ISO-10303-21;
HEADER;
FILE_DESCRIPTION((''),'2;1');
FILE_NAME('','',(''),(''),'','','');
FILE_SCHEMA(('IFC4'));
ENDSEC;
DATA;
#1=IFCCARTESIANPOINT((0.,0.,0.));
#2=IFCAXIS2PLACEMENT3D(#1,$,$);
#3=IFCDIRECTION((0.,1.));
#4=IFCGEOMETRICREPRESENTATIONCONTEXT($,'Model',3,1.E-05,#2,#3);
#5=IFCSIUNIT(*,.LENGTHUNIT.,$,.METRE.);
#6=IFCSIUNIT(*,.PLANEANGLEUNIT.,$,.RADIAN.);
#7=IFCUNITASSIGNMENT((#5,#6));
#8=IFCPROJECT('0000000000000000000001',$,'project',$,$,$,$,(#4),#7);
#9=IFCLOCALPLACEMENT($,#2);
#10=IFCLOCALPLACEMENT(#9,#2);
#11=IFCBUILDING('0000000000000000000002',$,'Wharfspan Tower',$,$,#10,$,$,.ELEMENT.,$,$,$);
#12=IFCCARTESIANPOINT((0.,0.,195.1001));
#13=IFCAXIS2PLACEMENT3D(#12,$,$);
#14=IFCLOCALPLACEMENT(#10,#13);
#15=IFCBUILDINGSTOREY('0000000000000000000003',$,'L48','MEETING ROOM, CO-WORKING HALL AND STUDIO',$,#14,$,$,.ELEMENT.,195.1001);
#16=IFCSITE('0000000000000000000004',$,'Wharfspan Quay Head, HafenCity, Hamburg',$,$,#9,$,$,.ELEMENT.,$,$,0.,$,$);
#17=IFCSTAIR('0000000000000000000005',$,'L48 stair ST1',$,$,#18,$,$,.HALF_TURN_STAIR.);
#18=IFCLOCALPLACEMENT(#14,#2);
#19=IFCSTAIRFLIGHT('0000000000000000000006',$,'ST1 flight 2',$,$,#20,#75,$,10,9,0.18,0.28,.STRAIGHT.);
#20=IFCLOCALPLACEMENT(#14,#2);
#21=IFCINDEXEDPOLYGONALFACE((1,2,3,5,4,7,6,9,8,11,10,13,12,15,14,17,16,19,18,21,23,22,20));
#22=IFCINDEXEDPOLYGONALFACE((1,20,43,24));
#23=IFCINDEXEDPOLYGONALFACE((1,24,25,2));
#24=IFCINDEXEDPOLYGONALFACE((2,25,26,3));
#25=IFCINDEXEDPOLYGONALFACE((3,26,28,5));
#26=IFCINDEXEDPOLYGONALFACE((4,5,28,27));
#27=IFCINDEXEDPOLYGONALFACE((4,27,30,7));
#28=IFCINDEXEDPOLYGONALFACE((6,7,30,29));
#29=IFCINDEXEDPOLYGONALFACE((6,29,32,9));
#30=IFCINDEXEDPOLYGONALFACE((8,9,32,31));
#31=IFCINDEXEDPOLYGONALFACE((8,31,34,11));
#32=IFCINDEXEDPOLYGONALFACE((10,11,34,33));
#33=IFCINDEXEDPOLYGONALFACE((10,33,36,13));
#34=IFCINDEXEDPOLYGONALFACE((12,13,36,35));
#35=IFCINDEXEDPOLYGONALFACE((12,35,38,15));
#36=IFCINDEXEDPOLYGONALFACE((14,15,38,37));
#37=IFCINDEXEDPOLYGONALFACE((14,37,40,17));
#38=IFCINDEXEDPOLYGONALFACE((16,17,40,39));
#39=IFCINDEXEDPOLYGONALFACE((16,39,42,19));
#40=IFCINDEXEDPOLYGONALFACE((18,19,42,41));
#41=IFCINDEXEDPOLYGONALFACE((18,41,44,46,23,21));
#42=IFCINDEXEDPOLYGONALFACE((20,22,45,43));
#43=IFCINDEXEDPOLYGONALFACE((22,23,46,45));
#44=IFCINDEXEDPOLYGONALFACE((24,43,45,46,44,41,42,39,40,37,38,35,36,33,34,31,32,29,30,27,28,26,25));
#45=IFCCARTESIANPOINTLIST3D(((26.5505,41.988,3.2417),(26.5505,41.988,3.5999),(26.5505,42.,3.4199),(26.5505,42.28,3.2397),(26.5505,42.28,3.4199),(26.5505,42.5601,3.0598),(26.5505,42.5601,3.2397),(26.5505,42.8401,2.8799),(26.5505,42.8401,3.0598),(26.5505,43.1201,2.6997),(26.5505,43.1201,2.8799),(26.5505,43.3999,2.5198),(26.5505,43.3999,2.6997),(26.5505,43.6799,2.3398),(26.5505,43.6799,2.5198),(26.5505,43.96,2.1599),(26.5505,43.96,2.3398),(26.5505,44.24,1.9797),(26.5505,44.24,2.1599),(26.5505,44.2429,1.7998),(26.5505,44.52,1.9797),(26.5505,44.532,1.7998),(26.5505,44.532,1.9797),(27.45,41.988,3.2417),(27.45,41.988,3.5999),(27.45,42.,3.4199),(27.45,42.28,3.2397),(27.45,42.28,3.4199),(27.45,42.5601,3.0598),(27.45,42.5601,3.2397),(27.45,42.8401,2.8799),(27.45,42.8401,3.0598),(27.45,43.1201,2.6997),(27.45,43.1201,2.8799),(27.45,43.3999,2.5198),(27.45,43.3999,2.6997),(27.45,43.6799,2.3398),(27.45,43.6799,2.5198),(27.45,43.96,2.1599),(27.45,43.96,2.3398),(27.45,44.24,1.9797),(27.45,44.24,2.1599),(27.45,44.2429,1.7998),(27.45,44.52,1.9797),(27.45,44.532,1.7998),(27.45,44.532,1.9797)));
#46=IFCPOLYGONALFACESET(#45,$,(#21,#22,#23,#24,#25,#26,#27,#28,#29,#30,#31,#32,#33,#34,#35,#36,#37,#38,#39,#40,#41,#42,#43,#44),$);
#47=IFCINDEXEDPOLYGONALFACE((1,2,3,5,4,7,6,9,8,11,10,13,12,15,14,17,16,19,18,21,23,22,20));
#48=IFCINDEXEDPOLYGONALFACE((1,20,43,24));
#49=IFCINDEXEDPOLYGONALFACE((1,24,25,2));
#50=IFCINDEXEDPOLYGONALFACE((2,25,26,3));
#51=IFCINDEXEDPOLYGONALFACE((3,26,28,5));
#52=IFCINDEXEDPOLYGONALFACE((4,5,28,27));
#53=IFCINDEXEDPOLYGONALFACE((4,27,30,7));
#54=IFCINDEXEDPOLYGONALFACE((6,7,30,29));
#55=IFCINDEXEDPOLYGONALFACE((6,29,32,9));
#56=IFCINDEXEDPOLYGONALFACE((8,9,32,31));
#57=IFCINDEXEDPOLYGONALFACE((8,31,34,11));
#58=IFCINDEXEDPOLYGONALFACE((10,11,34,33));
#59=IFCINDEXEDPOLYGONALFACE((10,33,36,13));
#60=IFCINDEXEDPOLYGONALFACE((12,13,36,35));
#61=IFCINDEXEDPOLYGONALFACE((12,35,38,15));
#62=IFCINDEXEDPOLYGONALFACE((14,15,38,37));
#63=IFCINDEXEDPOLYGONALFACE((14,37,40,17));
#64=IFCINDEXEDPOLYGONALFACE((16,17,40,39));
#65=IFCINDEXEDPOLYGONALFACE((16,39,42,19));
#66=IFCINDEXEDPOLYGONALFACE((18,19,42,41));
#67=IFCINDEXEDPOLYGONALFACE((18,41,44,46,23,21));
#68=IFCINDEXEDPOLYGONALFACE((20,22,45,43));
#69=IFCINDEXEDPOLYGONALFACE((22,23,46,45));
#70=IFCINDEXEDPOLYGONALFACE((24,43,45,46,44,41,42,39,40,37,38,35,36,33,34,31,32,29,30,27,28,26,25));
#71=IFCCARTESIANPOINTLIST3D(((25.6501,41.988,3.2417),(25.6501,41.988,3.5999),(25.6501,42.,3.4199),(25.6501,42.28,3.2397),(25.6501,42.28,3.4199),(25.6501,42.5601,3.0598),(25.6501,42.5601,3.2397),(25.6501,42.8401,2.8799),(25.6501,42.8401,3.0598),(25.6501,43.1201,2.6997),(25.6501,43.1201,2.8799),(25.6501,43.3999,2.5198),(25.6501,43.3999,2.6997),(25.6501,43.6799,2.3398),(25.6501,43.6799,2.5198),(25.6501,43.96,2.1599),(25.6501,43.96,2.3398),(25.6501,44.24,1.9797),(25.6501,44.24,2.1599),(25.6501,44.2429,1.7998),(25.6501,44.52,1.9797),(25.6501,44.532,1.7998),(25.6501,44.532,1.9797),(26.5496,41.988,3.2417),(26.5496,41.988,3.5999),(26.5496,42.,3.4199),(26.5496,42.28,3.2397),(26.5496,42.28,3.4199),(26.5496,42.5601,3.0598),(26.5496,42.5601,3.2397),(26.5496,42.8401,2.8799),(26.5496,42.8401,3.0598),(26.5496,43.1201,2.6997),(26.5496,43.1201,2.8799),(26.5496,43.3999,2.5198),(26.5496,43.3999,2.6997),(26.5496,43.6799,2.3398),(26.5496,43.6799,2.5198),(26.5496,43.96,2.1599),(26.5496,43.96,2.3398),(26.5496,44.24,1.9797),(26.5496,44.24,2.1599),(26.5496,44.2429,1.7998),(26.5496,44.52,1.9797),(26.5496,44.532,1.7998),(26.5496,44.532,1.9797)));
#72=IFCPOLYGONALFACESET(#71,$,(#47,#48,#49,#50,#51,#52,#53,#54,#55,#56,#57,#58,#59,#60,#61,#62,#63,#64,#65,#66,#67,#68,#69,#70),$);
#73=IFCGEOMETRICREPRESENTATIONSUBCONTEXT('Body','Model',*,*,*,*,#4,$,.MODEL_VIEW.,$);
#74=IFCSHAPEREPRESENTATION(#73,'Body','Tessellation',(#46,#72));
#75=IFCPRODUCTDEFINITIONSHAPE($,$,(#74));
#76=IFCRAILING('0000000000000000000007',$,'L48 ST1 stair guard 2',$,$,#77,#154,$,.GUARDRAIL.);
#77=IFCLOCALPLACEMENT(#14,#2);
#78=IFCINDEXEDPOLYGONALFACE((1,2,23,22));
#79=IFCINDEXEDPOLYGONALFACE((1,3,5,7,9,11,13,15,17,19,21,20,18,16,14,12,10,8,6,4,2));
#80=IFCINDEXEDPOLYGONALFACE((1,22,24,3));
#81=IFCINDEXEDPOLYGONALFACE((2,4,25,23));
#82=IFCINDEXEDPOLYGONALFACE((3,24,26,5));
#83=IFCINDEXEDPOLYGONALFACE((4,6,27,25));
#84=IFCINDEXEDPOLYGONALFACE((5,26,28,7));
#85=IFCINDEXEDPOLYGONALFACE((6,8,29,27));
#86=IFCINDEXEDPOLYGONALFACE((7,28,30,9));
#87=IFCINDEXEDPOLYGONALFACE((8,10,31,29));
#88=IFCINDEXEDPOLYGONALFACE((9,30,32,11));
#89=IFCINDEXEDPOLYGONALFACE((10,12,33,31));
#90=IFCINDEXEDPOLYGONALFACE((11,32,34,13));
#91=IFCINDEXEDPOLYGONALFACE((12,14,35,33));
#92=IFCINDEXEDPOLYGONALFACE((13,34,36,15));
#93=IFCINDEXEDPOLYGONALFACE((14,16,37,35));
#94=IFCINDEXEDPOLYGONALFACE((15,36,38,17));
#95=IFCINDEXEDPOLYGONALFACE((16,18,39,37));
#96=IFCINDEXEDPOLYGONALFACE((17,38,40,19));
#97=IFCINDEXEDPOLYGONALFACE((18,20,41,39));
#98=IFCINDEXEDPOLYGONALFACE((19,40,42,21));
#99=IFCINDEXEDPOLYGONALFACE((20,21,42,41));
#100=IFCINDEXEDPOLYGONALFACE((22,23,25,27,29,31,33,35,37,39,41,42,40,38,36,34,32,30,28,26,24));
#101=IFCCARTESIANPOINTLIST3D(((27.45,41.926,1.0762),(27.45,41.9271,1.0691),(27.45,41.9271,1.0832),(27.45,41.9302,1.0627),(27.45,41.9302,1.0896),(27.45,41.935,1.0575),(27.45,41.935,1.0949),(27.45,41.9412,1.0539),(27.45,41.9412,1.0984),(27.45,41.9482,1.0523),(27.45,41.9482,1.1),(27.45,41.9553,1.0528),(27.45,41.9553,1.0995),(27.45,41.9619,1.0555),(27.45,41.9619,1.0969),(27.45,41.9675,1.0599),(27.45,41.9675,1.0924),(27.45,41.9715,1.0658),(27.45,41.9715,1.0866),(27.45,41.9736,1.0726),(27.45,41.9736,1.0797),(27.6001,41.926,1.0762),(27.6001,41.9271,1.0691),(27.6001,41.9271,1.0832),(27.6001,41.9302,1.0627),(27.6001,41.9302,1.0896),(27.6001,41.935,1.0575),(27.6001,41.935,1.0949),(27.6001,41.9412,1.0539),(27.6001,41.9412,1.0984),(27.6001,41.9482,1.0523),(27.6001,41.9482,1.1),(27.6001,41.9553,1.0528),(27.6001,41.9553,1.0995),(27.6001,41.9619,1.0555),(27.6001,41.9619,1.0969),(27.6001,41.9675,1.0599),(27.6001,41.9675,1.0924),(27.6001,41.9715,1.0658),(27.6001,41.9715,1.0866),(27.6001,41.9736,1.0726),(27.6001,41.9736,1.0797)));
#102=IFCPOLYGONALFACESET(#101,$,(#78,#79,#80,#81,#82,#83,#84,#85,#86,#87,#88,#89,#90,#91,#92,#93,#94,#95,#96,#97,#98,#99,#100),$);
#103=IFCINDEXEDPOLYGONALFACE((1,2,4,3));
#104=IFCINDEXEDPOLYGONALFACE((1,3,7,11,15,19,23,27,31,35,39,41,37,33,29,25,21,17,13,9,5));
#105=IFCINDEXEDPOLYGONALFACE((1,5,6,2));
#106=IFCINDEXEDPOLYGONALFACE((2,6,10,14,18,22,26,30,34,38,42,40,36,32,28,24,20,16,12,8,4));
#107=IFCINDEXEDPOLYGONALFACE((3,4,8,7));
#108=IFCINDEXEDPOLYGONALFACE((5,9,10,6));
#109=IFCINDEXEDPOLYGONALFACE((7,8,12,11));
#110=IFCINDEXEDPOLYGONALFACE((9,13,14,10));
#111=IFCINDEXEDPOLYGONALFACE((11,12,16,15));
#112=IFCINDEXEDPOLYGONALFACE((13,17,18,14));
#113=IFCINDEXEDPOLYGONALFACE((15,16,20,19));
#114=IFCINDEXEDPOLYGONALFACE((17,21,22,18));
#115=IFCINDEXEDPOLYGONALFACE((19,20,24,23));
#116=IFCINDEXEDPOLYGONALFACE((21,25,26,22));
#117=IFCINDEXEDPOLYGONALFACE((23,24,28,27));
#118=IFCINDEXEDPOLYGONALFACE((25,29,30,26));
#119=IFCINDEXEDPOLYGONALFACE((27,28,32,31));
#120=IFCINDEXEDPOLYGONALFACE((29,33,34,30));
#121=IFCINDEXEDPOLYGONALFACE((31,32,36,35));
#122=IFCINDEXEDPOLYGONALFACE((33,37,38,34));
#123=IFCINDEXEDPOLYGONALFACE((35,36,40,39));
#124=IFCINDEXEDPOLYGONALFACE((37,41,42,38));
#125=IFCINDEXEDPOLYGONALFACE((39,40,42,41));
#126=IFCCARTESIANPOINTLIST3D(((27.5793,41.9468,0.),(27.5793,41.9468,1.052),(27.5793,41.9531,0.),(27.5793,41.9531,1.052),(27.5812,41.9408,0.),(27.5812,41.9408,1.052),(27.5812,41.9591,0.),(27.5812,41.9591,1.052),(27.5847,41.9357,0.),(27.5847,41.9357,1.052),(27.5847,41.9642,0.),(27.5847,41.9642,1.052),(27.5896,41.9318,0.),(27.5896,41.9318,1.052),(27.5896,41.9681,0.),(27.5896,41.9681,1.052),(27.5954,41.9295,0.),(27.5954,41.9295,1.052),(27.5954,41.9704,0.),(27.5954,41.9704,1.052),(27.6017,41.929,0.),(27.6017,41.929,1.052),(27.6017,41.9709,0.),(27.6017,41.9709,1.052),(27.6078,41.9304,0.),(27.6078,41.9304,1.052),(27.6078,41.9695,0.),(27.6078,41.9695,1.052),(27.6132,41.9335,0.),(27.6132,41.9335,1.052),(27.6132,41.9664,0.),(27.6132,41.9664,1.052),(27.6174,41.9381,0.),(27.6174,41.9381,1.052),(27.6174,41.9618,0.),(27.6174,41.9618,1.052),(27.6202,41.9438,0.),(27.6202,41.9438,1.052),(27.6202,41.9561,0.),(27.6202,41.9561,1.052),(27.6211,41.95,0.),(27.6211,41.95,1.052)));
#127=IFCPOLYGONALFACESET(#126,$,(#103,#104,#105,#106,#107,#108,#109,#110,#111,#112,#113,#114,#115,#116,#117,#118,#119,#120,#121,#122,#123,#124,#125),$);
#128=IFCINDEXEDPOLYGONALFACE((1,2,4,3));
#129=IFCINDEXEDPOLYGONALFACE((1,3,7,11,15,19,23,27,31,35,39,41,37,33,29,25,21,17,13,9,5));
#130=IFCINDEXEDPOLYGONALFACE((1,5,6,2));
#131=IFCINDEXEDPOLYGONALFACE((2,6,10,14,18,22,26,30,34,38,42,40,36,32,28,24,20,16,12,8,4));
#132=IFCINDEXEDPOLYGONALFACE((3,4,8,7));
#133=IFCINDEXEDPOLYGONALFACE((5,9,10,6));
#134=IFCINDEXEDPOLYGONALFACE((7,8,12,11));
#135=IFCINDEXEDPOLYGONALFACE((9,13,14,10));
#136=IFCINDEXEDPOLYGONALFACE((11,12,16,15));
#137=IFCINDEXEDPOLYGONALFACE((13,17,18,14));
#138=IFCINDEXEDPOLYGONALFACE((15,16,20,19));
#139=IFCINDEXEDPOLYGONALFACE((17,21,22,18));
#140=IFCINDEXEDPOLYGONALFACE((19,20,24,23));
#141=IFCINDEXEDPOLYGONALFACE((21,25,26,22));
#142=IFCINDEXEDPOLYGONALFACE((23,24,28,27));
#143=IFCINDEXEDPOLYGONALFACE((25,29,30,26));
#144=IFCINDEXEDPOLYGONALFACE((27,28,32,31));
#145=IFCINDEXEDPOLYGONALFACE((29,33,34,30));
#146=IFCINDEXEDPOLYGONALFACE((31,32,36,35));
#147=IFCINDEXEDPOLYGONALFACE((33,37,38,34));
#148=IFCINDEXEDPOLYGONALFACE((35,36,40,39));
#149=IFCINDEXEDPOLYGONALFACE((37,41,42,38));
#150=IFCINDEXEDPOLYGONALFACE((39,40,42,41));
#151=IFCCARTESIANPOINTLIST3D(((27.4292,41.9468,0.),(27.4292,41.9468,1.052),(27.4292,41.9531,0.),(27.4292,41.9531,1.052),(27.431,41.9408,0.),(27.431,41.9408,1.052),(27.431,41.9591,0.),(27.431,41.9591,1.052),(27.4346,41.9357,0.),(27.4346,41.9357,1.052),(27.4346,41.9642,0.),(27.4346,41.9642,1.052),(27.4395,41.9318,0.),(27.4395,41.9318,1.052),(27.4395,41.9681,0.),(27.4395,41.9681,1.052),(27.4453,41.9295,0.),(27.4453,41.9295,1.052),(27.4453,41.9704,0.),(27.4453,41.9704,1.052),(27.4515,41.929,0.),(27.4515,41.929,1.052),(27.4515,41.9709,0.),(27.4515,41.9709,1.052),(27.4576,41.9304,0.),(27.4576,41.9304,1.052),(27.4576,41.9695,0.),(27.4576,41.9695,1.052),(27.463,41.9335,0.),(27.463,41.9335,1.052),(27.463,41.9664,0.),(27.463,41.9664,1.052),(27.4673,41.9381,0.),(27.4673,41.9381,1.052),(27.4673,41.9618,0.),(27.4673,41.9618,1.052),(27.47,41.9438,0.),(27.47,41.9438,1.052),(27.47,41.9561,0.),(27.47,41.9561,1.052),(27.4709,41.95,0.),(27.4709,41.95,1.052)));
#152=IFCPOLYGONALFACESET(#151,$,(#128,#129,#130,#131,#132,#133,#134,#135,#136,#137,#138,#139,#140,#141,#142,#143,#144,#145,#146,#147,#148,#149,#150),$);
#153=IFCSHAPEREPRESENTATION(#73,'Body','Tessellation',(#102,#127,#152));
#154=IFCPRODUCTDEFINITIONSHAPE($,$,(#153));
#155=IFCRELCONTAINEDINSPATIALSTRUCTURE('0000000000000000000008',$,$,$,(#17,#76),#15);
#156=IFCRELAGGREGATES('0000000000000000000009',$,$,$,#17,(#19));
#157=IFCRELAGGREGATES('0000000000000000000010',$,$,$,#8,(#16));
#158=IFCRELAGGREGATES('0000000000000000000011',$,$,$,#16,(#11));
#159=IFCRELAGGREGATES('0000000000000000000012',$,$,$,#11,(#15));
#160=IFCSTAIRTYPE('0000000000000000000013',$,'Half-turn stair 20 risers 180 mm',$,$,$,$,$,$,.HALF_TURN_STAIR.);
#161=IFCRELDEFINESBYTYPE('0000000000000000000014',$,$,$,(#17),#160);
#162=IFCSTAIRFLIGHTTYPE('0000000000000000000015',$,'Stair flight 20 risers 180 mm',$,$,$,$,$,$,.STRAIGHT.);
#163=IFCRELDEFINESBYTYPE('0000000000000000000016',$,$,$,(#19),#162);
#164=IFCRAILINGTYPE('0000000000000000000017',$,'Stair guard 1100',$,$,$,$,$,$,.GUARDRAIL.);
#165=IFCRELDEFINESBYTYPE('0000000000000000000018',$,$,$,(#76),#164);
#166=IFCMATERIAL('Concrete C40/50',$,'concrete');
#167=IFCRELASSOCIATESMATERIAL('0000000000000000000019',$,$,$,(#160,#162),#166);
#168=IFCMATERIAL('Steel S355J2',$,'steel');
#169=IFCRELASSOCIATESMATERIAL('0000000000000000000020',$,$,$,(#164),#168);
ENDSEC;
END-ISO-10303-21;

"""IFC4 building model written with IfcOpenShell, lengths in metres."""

from ifc_helpers import new_model, si_unit, direction, frame, origin, origin_2d, place, context, subcontext, project, spatial, polyline, circle, outline, extrude, material, type_object, element, aggregate, save


model = new_model("IFC4")

# Units and contexts
model_context = context("Model", 3, precision=1e-05, world=origin(), true_north=direction((0.0, 1.0)))
body_context = subcontext(model_context, "Body", "Model", "MODEL_VIEW")
ifc_project = project(units=[si_unit("LENGTHUNIT", "METRE"), si_unit("PLANEANGLEUNIT", "RADIAN")], contexts=[model_context])

# Site, building, storey
site_placement = place(None, origin())
site = spatial("IfcSite", under=ifc_project, at=site_placement, Name="Wharfspan Quay Head, HafenCity, Hamburg", CompositionType="ELEMENT", RefElevation=0.0)
building_placement = place(site_placement, origin())
building = spatial("IfcBuilding", under=site, at=building_placement, Name="Wharfspan Tower", CompositionType="ELEMENT")
storey_placement = place(building_placement, frame((0.0, 0.0, 195.1001)))
storey = spatial("IfcBuildingStorey", under=building, at=storey_placement, Name="L48", Description="MEETING ROOM, CO-WORKING HALL AND STUDIO", CompositionType="ELEMENT", Elevation=195.1001)

# Shared definitions
ifc_material_1 = material(Name="Steel S355J2", Category="steel")

# Stair, stair flight
ifc_material_2 = material(Name="Concrete C40/50", Category="concrete")
stair_type = type_object("IfcStairType", Name="Half-turn stair 20 risers 180 mm", PredefinedType="HALF_TURN_STAIR", material=ifc_material_2)
stair_placement = place(storey_placement, origin())
stair = element("IfcStair", 1, at=stair_placement, inside=storey, type_object=stair_type, Name="L48 stair ST1", PredefinedType="HALF_TURN_STAIR")
stair_flight_type = type_object("IfcStairFlightType", Name="Stair flight 20 risers 180 mm", PredefinedType="STRAIGHT", material=ifc_material_2)
stair_flight_1_placement = place(storey_placement, frame((26.55, 44.52, 1.7998), z_axis=(0.0, 0.0, 1.0), x_axis=(0.0, -1.0, 0.0)))
stair_flight_1 = element("IfcStairFlight", 2, at=stair_flight_1_placement, type_object=stair_flight_type, Name="ST1 flight 2", NumberOfRisers=10, NumberOfTreads=9, PredefinedType="STRAIGHT", RiserHeight=0.18, TreadLength=0.28, context=body_context, shape_type="SweptSolid", body=[
    extrude(outline(polyline([(-0.012, 0.0), (-0.012, 0.1799), (0.0, 0.1799), (0.28, 0.1799), (0.28, 0.3601), (0.5601, 0.3601), (0.5601, 0.54), (0.8401, 0.54), (0.8401, 0.72), (1.1201, 0.72), (1.1201, 0.8999), (1.3999, 0.8999), (1.3999, 1.0801), (1.6799, 1.0801), (1.6799, 1.26), (1.96, 1.26), (1.96, 1.4399), (2.24, 1.4399), (2.24, 1.6201), (2.52, 1.6201), (2.532, 1.8), (2.532, 1.4419), (0.2771, 0.0), (-0.012, 0.0)])), frame((0.0, 0.8999, 0.0), z_axis=(0.0, -1.0, 0.0), x_axis=(1.0, 0.0, 0.0)), (0.0, 0.0, 1.0), 0.8994),
    extrude(outline(polyline([(-0.012, 0.0), (-0.012, 0.1799), (0.0, 0.1799), (0.28, 0.1799), (0.28, 0.3601), (0.5601, 0.3601), (0.5601, 0.54), (0.8401, 0.54), (0.8401, 0.72), (1.1201, 0.72), (1.1201, 0.8999), (1.3999, 0.8999), (1.3999, 1.0801), (1.6799, 1.0801), (1.6799, 1.26), (1.96, 1.26), (1.96, 1.4399), (2.24, 1.4399), (2.24, 1.6201), (2.52, 1.6201), (2.532, 1.8), (2.532, 1.4419), (0.2771, 0.0), (-0.012, 0.0)])), frame((0.0, -0.0005, 0.0), z_axis=(0.0, -1.0, 0.0), x_axis=(1.0, 0.0, 0.0)), (0.0, 0.0, 1.0), 0.8994),
])
aggregate(stair, [stair_flight_1])

# Railing
railing_type_1 = type_object("IfcRailingType", Name="Stair guard 1100", PredefinedType="GUARDRAIL", material=ifc_material_1)
railing_1_placement = place(storey_placement, frame((27.6001, 41.95, 0.0)))
element("IfcRailing", 3, at=railing_1_placement, inside=storey, type_object=railing_type_1, Name="L48 ST1 stair guard 2", PredefinedType="GUARDRAIL", context=body_context, shape_type="SweptSolid", body=[
    extrude(circle(Radius=0.0239, at=origin_2d()), frame((0.0, 0.0, 1.0762), z_axis=(-1.0, 0.0, 0.0), x_axis=(0.0, -1.0, 0.0)), (0.0, 0.0, 1.0), 0.1501),
    extrude(circle(Radius=0.021, at=origin_2d()), origin(), (0.0, 0.0, 1.0), 1.052),
    extrude(circle(Radius=0.021, at=origin_2d()), frame((-0.1501, 0.0, 0.0)), (0.0, 0.0, 1.0), 1.052),
])

save(model, "model.ifc")
